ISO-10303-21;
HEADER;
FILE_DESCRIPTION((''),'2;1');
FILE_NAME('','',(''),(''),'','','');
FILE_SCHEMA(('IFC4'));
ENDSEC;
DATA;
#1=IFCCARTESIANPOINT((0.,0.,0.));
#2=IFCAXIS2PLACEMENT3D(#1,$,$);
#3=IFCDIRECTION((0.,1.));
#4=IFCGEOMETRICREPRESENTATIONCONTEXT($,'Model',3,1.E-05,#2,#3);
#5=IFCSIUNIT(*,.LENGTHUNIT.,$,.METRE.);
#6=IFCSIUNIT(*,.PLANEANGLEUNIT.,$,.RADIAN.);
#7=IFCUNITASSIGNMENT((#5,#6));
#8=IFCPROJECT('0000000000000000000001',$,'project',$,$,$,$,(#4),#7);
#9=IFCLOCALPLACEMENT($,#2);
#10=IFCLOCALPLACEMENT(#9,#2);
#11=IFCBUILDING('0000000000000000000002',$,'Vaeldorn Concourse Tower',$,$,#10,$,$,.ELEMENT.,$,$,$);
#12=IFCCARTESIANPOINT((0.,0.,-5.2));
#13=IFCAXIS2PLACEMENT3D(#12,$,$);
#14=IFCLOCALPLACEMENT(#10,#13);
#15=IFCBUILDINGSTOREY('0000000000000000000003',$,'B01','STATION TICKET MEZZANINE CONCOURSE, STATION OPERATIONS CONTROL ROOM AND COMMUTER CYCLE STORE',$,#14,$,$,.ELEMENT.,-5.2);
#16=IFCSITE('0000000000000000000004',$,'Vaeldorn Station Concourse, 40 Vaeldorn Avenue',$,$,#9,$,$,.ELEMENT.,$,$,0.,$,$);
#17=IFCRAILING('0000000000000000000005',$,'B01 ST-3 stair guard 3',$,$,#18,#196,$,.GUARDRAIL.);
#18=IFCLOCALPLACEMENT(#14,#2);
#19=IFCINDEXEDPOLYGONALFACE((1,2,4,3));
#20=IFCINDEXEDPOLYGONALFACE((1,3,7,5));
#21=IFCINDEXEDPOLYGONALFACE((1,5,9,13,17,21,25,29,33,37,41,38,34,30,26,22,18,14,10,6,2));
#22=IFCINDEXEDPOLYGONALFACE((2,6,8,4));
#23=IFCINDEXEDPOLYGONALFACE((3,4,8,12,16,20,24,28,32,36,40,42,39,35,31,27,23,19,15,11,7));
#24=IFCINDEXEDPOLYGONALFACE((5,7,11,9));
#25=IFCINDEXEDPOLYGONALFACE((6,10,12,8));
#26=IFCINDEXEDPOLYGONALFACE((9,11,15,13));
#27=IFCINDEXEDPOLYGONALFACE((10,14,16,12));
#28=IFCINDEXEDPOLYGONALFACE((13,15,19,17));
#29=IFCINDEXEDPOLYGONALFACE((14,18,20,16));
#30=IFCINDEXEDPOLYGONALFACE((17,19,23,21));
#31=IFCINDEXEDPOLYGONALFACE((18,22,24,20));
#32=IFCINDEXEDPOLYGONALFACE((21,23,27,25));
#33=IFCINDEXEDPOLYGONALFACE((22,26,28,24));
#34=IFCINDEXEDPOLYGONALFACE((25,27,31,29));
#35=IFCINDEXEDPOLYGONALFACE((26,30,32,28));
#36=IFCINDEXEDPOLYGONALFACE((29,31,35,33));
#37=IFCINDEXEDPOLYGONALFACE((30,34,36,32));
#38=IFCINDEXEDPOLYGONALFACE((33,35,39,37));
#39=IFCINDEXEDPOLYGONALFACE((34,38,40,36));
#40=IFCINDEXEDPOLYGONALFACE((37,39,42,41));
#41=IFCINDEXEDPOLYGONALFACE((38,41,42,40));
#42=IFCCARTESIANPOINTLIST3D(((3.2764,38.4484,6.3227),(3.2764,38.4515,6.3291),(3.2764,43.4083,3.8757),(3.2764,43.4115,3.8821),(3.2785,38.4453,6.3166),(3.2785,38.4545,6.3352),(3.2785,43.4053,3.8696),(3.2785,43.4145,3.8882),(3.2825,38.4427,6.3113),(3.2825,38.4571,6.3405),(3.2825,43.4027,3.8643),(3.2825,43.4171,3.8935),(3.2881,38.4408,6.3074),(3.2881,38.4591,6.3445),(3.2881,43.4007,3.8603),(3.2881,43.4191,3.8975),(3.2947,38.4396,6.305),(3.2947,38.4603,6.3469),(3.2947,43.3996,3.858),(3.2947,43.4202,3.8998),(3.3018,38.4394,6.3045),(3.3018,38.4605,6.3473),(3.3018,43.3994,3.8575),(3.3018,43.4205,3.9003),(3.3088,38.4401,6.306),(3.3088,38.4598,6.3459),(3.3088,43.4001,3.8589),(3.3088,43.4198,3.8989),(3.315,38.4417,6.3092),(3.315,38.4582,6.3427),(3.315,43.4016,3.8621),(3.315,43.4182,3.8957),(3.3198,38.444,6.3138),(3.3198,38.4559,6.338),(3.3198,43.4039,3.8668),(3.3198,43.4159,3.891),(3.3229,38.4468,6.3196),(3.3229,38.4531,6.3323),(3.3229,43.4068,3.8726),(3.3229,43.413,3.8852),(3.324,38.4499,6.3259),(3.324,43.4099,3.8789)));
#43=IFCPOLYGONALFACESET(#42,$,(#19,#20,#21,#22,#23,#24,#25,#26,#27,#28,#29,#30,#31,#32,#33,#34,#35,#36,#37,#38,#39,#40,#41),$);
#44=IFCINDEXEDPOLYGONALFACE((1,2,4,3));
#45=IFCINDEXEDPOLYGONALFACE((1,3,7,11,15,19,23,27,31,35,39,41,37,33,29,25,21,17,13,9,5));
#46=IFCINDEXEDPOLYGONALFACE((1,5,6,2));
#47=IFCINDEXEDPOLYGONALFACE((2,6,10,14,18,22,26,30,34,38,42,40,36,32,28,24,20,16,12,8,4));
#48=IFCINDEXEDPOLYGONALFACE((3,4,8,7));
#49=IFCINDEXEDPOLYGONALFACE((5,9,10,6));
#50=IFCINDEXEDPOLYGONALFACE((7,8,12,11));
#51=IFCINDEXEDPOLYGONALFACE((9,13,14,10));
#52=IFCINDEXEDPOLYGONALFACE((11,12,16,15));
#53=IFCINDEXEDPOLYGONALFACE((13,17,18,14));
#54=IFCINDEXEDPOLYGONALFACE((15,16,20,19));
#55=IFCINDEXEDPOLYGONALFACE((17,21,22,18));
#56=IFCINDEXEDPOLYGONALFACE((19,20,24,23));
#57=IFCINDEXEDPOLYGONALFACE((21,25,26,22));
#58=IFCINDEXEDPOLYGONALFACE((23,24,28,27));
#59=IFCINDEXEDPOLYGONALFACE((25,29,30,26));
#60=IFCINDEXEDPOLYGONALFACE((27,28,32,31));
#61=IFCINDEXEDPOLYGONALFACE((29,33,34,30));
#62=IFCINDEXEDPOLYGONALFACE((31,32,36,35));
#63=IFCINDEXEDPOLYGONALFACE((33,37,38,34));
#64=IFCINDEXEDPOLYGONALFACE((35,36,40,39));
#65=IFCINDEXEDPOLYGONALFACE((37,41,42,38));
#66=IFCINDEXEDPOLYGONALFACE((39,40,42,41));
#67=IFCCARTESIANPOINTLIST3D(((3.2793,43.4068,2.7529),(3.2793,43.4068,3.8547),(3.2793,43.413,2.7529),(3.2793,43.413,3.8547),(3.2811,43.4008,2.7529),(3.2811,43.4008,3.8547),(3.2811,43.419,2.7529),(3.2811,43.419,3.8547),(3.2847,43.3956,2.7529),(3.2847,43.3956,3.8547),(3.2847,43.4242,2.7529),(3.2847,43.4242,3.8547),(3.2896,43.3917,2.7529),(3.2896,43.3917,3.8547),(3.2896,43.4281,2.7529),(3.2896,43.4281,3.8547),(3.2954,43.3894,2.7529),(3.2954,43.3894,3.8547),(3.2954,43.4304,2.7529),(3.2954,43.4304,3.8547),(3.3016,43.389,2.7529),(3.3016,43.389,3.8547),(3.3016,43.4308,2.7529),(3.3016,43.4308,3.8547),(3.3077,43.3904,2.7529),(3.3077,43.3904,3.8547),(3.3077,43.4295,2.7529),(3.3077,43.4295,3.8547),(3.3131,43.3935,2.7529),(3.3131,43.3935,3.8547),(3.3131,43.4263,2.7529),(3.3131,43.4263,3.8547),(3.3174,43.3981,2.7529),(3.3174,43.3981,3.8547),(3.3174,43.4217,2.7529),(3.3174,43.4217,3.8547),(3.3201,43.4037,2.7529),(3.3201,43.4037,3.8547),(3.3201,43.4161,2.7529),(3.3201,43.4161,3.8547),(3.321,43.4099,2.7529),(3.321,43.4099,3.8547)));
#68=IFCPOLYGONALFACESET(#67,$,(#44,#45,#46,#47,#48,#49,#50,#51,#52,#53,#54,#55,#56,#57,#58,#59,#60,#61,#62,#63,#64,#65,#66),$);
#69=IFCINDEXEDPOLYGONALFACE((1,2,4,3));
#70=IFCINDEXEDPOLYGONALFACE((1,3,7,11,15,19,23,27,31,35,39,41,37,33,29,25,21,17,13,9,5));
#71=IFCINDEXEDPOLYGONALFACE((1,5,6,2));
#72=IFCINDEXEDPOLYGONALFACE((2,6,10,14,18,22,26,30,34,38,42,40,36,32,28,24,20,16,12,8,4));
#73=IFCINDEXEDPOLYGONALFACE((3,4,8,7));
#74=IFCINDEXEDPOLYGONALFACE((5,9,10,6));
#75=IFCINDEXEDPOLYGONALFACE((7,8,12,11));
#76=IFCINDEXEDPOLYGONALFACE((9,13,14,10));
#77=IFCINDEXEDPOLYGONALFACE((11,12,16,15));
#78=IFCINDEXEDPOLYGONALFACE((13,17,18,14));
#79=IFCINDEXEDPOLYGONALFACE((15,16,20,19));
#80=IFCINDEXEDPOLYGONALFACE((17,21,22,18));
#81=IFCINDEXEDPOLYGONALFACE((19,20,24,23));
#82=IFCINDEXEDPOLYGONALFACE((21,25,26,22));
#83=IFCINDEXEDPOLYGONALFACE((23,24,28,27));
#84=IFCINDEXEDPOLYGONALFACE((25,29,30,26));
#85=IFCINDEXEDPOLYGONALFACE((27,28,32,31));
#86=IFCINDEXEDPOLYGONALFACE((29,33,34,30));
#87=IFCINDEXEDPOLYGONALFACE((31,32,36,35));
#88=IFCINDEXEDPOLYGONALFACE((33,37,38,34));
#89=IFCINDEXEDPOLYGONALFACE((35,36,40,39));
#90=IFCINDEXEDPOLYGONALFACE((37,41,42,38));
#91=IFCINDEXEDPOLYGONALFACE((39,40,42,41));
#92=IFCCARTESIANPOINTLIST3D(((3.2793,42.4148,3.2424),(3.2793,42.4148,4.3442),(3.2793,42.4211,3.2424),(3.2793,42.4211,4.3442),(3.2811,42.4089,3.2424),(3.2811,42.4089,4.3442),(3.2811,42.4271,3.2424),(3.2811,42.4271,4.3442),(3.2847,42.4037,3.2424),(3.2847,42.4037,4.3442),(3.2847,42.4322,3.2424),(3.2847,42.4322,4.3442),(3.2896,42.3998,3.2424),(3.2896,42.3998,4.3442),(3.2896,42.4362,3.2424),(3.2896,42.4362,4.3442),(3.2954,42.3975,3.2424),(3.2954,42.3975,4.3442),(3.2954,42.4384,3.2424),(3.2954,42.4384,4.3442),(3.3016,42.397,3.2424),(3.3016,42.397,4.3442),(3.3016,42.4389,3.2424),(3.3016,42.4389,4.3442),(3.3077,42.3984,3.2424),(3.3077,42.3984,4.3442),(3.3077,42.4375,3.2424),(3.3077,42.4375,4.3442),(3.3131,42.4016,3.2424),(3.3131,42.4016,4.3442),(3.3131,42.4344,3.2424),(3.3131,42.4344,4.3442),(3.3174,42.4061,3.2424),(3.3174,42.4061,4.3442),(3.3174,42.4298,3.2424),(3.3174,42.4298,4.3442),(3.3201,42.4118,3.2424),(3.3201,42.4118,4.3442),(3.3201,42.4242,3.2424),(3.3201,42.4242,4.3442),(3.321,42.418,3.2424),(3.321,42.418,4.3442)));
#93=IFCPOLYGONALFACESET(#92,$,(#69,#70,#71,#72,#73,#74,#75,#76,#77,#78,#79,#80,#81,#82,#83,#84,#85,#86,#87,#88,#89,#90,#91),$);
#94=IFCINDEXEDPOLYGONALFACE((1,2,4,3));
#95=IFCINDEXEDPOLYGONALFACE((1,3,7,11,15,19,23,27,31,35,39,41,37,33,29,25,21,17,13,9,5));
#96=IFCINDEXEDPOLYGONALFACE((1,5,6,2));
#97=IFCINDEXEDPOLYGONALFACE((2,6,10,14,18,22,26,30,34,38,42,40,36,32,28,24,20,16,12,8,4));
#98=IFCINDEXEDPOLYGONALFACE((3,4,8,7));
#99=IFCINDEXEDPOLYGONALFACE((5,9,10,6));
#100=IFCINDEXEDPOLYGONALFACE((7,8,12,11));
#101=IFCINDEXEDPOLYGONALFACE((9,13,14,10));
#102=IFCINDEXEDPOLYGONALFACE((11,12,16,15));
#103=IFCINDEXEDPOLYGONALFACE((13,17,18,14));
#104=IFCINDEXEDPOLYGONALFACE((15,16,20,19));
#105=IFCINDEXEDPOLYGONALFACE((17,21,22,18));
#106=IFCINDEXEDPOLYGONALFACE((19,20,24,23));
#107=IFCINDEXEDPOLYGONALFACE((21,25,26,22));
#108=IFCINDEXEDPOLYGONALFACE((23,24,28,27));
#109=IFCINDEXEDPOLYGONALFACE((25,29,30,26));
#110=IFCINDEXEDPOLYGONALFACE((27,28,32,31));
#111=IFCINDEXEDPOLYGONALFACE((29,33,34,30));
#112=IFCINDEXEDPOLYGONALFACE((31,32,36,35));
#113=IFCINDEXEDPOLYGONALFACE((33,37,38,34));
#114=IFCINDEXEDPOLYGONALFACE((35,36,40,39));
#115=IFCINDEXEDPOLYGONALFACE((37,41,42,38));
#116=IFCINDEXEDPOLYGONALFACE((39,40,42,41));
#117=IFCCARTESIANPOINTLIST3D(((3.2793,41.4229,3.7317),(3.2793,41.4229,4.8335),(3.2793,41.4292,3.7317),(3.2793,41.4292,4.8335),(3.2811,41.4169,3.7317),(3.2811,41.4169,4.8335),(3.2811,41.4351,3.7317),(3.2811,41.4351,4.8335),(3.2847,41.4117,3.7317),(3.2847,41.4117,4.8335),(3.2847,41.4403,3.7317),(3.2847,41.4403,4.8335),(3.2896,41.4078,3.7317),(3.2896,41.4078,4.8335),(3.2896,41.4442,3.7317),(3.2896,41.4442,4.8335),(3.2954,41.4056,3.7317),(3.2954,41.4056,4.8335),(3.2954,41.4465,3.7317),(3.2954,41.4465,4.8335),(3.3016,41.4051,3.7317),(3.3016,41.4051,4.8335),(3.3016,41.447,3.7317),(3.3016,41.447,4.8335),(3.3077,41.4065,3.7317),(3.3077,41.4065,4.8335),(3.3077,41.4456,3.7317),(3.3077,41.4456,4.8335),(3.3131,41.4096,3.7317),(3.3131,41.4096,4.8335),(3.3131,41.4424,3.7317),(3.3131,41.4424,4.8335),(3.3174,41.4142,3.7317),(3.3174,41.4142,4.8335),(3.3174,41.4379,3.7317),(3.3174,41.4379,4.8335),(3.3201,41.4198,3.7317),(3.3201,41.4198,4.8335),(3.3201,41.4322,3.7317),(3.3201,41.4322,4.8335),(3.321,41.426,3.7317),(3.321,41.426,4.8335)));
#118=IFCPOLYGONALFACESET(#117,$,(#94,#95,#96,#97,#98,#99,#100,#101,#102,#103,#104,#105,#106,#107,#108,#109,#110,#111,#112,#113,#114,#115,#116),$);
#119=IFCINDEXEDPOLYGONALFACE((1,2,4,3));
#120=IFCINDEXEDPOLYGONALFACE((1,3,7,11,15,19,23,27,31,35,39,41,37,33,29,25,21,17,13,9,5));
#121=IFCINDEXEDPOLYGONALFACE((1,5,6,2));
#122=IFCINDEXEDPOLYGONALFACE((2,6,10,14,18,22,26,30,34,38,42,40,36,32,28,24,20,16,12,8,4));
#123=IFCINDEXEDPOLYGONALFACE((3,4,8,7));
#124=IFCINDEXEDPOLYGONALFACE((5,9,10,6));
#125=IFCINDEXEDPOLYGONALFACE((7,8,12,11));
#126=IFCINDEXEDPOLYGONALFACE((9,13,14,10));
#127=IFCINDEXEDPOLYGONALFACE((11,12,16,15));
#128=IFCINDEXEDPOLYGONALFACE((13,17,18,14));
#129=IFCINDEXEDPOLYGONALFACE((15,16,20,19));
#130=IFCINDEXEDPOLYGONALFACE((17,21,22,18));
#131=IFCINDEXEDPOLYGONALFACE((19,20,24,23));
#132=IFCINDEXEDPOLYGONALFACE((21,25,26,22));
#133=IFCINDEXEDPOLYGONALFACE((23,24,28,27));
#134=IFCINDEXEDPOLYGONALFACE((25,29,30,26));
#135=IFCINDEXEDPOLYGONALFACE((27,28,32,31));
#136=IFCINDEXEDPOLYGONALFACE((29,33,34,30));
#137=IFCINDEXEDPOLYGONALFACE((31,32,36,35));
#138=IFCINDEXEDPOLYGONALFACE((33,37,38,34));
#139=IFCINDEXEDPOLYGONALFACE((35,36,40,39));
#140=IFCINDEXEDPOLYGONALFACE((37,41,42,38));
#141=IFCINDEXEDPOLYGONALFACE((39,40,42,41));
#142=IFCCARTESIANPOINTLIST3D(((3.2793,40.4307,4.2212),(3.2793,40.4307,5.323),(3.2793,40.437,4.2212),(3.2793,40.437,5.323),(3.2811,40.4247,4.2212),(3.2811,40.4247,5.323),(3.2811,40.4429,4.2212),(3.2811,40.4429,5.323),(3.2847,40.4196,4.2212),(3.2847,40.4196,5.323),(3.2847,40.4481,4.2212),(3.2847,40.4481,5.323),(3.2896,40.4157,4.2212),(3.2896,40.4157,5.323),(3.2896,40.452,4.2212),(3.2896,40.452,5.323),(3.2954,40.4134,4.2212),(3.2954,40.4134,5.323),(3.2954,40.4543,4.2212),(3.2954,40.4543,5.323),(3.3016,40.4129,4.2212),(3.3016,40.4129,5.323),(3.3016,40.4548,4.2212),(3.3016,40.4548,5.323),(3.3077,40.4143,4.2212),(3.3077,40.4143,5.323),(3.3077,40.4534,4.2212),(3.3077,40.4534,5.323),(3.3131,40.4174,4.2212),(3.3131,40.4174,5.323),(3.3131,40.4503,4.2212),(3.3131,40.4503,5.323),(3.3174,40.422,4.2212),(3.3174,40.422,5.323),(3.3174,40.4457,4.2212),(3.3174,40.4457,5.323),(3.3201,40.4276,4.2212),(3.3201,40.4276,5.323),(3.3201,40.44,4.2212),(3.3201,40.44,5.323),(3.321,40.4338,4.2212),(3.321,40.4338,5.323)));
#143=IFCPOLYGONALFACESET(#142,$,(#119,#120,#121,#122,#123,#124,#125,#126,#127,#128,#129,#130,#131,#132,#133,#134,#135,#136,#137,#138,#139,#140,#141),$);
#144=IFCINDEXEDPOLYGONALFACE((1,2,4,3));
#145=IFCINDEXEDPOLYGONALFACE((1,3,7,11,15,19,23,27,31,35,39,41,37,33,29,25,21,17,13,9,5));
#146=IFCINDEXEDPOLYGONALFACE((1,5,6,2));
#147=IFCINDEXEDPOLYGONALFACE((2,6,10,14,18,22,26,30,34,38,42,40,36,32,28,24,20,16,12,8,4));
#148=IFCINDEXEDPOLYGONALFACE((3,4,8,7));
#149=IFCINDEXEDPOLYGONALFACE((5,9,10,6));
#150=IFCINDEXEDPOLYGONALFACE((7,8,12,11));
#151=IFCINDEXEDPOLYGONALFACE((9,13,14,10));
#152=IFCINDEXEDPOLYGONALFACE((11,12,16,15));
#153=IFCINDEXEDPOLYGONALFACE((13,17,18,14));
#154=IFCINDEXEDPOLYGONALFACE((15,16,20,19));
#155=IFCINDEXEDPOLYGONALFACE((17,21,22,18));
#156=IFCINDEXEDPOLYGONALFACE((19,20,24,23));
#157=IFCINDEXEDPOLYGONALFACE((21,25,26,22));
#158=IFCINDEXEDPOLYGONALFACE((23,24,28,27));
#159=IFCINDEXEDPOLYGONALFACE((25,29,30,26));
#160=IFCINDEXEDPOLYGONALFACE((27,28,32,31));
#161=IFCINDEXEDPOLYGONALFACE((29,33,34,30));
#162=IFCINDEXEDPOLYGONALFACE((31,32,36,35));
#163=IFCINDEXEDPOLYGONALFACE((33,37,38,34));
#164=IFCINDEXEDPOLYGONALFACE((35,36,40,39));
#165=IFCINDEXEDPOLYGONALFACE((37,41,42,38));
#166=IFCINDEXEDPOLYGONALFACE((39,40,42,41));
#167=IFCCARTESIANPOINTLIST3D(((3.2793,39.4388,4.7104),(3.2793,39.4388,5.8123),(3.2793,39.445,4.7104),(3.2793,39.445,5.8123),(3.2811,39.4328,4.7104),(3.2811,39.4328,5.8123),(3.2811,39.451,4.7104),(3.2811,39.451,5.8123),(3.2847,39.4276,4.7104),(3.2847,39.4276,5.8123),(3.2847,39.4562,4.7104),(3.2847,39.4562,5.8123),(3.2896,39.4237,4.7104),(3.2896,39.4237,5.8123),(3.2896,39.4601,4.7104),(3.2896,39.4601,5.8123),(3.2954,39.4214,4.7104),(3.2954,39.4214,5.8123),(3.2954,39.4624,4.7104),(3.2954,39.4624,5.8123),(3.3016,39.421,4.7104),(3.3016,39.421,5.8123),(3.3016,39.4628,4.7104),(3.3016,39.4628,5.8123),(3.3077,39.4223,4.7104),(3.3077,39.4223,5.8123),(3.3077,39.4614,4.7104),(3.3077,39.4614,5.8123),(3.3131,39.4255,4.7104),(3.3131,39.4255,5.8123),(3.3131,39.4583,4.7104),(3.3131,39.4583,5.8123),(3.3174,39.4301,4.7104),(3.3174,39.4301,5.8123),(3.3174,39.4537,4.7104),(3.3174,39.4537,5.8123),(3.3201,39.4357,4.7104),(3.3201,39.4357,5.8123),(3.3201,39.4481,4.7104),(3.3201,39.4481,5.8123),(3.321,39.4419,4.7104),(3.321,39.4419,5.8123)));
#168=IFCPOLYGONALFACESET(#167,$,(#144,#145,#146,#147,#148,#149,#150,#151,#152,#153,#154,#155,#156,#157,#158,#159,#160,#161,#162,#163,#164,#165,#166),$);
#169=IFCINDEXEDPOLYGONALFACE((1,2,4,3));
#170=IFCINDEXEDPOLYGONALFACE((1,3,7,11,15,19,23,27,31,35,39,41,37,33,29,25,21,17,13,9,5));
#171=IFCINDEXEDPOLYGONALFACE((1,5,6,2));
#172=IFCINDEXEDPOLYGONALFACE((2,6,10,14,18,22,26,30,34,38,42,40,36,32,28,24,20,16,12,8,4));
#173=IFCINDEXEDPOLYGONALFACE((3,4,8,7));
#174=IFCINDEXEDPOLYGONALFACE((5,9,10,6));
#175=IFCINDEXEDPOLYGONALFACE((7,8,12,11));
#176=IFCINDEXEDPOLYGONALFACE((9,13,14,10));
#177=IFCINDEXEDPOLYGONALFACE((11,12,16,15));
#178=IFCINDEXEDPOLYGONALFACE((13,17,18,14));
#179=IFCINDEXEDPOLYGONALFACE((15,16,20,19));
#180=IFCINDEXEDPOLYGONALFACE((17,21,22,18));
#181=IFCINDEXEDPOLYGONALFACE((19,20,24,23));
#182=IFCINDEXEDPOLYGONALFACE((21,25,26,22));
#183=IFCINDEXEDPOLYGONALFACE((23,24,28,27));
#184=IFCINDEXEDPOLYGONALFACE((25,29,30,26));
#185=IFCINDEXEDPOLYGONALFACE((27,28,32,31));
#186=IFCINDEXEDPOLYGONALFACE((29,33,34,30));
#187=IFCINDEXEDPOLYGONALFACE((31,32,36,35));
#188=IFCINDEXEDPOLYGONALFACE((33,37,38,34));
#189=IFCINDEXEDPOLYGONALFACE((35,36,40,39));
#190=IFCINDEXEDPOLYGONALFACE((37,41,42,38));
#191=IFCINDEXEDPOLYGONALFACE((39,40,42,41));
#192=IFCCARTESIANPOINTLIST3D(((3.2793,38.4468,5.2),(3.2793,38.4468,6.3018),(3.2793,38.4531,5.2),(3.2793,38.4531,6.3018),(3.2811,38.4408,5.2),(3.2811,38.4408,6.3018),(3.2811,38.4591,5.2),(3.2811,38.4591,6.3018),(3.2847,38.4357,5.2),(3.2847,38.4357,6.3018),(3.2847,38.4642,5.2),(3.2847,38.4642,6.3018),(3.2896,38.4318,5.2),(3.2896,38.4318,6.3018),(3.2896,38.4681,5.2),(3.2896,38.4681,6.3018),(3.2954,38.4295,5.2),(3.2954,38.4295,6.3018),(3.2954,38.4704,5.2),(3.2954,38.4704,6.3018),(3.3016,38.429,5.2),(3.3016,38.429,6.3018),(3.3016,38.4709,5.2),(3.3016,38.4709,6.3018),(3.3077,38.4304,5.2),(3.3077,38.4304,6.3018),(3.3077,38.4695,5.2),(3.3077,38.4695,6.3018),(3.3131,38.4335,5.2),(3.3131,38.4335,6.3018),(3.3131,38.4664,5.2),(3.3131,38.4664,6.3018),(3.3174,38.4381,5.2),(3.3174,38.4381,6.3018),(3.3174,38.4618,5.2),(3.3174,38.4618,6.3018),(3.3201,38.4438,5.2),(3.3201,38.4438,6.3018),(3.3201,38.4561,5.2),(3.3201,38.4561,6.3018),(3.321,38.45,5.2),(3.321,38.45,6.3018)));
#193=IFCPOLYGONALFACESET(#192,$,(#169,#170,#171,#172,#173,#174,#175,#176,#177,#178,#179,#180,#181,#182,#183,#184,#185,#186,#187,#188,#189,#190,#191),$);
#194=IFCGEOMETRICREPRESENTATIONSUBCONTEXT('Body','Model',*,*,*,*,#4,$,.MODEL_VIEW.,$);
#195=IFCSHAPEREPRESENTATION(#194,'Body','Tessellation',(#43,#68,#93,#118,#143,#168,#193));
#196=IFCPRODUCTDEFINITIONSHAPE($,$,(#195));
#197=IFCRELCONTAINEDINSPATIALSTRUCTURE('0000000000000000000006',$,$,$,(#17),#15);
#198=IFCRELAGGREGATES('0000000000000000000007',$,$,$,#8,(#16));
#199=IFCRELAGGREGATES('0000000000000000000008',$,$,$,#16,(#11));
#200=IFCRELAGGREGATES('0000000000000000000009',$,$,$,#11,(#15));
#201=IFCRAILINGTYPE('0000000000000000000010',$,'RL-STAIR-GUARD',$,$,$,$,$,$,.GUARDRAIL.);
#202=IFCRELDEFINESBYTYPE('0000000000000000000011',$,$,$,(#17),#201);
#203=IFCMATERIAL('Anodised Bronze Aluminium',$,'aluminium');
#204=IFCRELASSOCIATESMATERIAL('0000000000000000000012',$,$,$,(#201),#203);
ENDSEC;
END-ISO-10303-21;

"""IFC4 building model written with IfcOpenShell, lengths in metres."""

from ifc_helpers import new_model, si_unit, direction, frame, origin, origin_2d, place, context, subcontext, project, spatial, circle, extrude, material, type_object, element, save


model = new_model("IFC4")

# Units and contexts
model_context = context("Model", 3, precision=1e-05, world=origin(), true_north=direction((0.0, 1.0)))
body_context = subcontext(model_context, "Body", "Model", "MODEL_VIEW")
ifc_project = project(units=[si_unit("LENGTHUNIT", "METRE"), si_unit("PLANEANGLEUNIT", "RADIAN")], contexts=[model_context])

# Site, building, storey
site_placement = place(None, origin())
site = spatial("IfcSite", under=ifc_project, at=site_placement, Name="Vaeldorn Station Concourse, 40 Vaeldorn Avenue", CompositionType="ELEMENT", RefElevation=0.0)
building_placement = place(site_placement, origin())
building = spatial("IfcBuilding", under=site, at=building_placement, Name="Vaeldorn Concourse Tower", CompositionType="ELEMENT")
storey_placement = place(building_placement, frame((0.0, 0.0, -5.2)))
storey = spatial("IfcBuildingStorey", under=building, at=storey_placement, Name="B01", Description="STATION TICKET MEZZANINE CONCOURSE, STATION OPERATIONS CONTROL ROOM AND COMMUTER CYCLE STORE", CompositionType="ELEMENT", Elevation=-5.2)

# Railing
ifc_material_1 = material(Name="Anodised Bronze Aluminium", Category="aluminium")
railing_type_1 = type_object("IfcRailingType", Name="RL-STAIR-GUARD", PredefinedType="GUARDRAIL", material=ifc_material_1)
railing_1_placement = place(storey_placement, frame((3.3, 43.4099, 2.7529)))
element("IfcRailing", 1, at=railing_1_placement, inside=storey, type_object=railing_type_1, Name="B01 ST-3 stair guard 3", PredefinedType="GUARDRAIL", context=body_context, shape_type="SweptSolid", body=[
    extrude(circle(Radius=0.0239, at=origin_2d()), frame((0.0, 0.0, 1.126), z_axis=(0.0, -0.896798, 0.44244), x_axis=(1.0, 0.0, 0.0)), (0.0, 0.0, 1.0), 5.5308),
    extrude(circle(Radius=0.021, at=origin_2d()), origin(), (0.0, 0.0, 1.0), 1.1018),
    extrude(circle(Radius=0.021, at=origin_2d()), frame((0.0, -0.9919, 0.4895)), (0.0, 0.0, 1.0), 1.1018),
    extrude(circle(Radius=0.021, at=origin_2d()), frame((0.0, -1.9839, 0.9788)), (0.0, 0.0, 1.0), 1.1018),
    extrude(circle(Radius=0.021, at=origin_2d()), frame((0.0, -2.9761, 1.4683)), (0.0, 0.0, 1.0), 1.1018),
    extrude(circle(Radius=0.021, at=origin_2d()), frame((0.0, -3.968, 1.9575)), (0.0, 0.0, 1.0), 1.1018),
    extrude(circle(Radius=0.021, at=origin_2d()), frame((0.0, -4.96, 2.447)), (0.0, 0.0, 1.0), 1.1018),
])

save(model, "model.ifc")
